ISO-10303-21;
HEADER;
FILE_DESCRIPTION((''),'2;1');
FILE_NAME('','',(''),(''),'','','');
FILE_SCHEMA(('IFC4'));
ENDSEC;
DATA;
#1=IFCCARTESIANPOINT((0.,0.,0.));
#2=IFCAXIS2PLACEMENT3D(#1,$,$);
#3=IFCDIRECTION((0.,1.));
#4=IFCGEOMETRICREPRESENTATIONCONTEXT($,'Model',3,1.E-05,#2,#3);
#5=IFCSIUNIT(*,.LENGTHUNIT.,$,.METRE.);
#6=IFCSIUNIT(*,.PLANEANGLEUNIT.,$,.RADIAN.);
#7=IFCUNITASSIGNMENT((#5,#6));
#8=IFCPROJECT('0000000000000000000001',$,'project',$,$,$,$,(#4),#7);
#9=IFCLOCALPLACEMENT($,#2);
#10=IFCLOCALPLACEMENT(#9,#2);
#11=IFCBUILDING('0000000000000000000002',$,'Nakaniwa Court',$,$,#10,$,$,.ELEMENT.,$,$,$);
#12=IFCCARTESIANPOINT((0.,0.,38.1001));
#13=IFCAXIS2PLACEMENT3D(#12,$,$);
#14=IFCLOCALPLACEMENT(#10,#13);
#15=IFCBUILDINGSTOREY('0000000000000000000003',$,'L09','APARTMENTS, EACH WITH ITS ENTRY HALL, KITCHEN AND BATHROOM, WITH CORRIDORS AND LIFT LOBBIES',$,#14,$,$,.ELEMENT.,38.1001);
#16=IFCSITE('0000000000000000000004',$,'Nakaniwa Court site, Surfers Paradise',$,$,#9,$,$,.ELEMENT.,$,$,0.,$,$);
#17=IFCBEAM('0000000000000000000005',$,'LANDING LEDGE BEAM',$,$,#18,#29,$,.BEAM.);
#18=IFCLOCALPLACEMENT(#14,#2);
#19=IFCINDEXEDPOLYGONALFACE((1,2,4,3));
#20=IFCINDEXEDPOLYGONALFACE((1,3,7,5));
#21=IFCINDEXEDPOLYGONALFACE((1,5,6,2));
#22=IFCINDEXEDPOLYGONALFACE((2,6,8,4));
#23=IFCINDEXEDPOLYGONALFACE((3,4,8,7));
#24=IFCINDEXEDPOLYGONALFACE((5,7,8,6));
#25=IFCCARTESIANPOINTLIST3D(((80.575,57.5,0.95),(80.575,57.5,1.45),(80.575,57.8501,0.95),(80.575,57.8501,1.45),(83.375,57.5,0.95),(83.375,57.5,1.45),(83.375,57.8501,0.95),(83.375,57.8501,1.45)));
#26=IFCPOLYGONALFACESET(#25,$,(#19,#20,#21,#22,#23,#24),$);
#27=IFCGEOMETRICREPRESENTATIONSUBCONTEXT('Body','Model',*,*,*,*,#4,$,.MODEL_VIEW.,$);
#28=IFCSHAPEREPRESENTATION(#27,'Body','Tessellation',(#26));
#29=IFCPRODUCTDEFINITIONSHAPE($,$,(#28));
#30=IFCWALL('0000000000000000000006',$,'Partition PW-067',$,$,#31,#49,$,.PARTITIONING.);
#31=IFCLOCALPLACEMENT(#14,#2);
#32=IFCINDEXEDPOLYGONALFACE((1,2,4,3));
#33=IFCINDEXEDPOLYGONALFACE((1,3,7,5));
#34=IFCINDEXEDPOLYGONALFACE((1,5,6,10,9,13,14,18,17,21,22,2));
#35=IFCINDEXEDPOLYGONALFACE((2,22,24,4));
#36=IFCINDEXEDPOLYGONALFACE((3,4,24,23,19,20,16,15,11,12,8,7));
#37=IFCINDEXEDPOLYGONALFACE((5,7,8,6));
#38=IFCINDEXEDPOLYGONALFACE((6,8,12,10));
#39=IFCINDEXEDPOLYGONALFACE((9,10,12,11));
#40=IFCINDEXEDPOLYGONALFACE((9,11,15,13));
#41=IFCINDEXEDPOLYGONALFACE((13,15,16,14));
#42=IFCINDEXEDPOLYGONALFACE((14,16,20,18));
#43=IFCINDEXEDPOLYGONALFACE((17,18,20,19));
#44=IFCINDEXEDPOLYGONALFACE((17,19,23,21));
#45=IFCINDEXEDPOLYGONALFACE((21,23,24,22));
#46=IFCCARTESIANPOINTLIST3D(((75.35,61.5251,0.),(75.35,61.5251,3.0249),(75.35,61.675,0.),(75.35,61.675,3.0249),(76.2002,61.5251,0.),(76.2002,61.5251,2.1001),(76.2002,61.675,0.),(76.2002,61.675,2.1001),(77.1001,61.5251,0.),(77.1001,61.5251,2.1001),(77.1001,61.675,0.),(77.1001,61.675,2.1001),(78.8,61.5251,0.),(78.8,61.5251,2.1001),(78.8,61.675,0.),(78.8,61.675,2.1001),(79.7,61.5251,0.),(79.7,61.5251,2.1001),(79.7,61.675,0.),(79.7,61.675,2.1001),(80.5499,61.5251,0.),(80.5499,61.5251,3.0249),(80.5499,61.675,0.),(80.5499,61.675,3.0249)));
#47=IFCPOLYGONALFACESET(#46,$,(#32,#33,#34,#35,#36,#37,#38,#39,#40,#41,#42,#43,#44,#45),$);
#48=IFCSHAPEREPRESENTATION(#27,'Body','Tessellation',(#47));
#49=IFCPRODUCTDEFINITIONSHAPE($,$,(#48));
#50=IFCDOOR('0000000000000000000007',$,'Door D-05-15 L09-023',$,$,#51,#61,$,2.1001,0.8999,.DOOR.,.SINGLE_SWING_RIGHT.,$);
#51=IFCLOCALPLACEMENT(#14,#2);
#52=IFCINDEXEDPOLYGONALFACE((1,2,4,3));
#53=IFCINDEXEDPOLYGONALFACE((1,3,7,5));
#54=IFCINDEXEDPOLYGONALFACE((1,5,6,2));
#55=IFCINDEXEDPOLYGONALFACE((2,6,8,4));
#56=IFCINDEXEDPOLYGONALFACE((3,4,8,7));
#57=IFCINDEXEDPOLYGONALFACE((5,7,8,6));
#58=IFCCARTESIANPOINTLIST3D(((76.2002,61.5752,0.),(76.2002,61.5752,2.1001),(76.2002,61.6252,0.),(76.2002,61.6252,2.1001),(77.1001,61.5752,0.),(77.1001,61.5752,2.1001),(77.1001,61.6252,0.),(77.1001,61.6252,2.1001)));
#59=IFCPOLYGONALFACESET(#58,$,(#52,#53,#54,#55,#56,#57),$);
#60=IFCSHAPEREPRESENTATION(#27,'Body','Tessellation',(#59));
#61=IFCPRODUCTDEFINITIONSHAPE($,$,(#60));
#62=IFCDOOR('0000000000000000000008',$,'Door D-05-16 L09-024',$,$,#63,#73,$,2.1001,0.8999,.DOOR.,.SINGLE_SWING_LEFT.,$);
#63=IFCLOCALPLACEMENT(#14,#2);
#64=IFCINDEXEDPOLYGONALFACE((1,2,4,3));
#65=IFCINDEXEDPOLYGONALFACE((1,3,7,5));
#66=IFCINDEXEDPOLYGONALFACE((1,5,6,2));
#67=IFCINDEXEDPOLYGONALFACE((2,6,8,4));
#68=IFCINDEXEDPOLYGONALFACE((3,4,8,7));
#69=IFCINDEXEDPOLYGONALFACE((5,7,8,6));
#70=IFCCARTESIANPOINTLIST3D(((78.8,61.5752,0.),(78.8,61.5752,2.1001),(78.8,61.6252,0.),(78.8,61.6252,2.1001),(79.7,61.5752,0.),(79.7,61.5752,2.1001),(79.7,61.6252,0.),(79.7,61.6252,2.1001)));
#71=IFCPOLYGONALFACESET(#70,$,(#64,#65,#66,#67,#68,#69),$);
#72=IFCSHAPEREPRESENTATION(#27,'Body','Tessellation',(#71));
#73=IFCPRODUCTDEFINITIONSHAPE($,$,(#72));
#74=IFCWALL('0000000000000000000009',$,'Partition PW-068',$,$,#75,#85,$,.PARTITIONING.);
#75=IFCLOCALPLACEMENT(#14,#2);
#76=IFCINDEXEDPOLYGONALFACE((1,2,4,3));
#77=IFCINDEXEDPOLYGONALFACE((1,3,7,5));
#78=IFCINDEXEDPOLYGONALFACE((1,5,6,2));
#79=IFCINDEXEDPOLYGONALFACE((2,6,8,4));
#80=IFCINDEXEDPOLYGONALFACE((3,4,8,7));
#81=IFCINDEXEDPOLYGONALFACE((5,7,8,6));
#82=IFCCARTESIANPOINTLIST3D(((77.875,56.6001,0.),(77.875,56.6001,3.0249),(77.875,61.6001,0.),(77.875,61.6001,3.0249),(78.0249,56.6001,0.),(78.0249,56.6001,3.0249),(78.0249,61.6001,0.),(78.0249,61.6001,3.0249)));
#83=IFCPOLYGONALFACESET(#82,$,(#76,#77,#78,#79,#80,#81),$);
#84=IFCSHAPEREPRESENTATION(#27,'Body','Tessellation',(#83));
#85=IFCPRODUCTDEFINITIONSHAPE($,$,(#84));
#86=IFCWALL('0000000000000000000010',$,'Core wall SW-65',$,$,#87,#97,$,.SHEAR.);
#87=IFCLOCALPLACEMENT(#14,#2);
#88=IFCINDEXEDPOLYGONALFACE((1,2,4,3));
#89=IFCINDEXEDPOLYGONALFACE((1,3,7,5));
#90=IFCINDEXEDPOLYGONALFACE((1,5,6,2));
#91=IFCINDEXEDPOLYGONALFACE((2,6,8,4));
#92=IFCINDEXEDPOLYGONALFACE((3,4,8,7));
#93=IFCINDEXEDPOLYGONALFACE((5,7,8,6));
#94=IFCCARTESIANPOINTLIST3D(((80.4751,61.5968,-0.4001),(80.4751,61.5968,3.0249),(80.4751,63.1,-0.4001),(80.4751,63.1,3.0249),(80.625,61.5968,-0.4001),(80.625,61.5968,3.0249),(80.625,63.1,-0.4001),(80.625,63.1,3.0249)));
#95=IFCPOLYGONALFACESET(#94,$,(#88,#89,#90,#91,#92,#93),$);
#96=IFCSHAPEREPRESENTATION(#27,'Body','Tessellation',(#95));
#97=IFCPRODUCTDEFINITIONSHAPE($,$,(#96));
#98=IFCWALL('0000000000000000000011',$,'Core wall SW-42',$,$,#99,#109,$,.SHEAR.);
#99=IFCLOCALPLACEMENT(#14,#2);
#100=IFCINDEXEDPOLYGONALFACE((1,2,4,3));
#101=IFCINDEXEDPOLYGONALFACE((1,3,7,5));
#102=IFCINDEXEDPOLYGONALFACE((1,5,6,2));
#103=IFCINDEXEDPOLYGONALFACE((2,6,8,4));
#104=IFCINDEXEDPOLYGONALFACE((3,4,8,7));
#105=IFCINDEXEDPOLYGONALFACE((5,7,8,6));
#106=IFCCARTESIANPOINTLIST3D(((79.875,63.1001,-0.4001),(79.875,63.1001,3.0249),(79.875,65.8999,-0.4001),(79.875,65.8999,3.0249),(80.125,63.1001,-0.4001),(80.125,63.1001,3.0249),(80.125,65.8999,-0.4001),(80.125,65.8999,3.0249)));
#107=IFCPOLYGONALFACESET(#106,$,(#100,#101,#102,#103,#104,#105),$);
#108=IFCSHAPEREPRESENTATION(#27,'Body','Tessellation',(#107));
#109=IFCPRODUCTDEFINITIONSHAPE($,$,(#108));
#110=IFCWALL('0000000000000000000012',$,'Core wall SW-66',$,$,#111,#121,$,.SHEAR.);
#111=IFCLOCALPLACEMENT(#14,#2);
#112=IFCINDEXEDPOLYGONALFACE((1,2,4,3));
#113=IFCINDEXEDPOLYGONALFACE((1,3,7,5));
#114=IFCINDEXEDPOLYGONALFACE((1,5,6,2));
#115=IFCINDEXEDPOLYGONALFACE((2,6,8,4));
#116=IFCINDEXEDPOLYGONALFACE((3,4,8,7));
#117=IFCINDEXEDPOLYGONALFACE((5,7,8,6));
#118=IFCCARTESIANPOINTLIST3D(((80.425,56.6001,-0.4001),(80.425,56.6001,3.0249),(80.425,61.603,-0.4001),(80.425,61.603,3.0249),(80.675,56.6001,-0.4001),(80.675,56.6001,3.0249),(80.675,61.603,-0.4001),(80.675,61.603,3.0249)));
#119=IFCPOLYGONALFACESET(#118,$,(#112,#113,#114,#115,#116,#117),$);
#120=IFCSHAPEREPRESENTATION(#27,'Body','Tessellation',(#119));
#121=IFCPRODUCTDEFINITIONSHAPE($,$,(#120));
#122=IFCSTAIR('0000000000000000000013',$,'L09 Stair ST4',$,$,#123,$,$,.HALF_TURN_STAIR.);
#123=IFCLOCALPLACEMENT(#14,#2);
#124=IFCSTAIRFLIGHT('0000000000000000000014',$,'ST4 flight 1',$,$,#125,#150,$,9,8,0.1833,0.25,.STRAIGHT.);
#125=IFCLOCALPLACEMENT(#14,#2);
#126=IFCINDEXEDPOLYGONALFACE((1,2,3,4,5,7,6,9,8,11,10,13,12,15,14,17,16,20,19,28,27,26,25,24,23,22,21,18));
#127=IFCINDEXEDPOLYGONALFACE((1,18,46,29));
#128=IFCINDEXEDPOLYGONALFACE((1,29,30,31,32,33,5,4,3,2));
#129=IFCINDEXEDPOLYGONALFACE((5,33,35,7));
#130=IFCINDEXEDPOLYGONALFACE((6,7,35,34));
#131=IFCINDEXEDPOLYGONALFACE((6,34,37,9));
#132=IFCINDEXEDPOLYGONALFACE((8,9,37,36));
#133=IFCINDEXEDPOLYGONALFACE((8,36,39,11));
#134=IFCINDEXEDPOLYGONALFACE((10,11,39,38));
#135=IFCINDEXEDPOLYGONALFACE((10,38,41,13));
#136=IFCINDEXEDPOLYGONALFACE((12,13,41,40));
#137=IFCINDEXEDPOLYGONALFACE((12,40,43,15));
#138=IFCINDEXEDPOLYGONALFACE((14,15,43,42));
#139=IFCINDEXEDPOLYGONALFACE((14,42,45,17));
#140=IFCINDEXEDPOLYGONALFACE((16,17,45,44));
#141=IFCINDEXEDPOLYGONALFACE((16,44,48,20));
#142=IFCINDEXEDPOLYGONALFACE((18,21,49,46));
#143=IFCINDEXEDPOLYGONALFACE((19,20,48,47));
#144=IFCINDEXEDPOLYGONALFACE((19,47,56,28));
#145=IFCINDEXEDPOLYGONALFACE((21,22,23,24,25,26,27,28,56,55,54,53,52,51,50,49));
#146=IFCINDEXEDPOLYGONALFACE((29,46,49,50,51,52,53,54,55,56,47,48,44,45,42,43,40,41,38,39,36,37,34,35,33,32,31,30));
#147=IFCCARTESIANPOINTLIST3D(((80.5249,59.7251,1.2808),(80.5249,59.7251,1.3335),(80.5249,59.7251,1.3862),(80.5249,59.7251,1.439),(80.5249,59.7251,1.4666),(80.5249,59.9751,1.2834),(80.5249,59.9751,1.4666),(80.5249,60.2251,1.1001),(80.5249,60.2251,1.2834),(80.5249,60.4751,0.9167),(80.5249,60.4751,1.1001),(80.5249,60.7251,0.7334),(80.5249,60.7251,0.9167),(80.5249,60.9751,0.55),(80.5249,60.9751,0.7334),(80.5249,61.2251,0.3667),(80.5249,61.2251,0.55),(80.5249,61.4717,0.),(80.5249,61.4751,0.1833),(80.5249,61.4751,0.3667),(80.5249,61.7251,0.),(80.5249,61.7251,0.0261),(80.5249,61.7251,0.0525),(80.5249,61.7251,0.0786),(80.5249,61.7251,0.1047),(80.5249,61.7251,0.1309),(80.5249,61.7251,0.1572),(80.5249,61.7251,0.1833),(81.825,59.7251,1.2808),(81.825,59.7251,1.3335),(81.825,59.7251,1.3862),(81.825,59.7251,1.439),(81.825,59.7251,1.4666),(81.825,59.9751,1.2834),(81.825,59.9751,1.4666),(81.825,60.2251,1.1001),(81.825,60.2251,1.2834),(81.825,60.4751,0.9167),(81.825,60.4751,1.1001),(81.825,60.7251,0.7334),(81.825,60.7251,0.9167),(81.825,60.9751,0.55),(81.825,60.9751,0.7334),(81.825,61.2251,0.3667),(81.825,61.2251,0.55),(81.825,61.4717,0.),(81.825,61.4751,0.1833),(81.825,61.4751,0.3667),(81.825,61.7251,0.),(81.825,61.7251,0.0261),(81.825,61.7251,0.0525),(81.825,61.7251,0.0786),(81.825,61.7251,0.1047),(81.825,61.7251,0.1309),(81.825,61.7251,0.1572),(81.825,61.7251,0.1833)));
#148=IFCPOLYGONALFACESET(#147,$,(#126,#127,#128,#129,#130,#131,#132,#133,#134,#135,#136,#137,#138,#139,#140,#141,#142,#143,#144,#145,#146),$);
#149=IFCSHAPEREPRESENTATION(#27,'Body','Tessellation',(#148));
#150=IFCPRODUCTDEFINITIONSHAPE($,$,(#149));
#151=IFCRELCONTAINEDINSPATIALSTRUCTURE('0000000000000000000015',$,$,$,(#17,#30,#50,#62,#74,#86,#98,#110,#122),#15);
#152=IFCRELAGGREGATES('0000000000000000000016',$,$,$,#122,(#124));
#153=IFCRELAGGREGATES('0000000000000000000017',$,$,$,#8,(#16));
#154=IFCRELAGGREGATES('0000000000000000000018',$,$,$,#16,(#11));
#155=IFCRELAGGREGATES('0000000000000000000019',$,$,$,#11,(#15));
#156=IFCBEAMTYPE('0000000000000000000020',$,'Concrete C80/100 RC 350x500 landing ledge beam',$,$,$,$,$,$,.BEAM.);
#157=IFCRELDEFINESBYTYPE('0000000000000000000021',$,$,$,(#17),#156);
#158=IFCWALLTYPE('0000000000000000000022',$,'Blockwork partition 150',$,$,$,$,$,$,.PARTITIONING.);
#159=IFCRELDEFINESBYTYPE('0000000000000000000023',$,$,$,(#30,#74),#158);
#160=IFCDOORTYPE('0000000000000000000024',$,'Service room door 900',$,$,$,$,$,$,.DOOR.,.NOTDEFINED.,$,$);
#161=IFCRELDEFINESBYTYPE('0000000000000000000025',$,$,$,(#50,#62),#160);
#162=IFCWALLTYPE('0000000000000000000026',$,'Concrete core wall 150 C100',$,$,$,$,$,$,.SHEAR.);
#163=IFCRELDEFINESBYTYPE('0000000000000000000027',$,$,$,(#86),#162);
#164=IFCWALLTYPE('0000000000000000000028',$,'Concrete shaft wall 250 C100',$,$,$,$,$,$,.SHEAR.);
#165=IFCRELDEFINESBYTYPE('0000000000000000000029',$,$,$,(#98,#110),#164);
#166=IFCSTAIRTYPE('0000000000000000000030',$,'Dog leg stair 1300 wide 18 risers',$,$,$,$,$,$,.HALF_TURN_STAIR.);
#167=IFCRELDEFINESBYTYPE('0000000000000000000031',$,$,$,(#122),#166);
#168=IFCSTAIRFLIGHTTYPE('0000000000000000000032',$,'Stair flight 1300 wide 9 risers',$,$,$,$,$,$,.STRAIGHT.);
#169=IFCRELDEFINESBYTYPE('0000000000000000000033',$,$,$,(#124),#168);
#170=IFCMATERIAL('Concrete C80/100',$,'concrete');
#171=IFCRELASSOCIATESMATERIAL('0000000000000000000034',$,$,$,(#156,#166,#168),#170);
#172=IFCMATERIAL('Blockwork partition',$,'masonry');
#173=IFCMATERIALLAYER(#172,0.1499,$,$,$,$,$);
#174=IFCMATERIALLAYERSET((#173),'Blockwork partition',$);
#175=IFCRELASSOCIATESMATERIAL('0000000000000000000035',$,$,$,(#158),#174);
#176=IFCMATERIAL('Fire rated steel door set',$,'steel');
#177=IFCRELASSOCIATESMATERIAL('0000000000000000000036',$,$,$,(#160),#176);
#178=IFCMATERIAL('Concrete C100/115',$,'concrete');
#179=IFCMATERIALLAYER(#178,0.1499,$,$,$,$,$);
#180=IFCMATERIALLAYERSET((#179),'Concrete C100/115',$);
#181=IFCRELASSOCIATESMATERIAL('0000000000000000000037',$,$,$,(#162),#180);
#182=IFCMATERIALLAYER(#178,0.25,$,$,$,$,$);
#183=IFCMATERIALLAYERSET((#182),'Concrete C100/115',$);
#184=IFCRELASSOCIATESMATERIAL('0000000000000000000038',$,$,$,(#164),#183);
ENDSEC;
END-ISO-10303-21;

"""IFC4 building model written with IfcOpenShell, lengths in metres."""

from ifc_helpers import new_model, si_unit, direction, frame, frame_2d, origin, origin_2d, place, context, subcontext, project, spatial, polyline, rectangle, outline, extrude, material, layer, layer_set, material_profile, profile_set, type_object, element, fill, aggregate, save


model = new_model("IFC4")

# Units and contexts
model_context = context("Model", 3, precision=1e-05, world=origin(), true_north=direction((0.0, 1.0)))
body_context = subcontext(model_context, "Body", "Model", "MODEL_VIEW")
ifc_project = project(units=[si_unit("LENGTHUNIT", "METRE"), si_unit("PLANEANGLEUNIT", "RADIAN")], contexts=[model_context])

# Site, building, storey
site_placement = place(None, origin())
site = spatial("IfcSite", under=ifc_project, at=site_placement, Name="Nakaniwa Court site, Surfers Paradise", CompositionType="ELEMENT", RefElevation=0.0)
building_placement = place(site_placement, origin())
building = spatial("IfcBuilding", under=site, at=building_placement, Name="Nakaniwa Court", CompositionType="ELEMENT")
storey_placement = place(building_placement, frame((0.0, 0.0, 38.1001)))
storey = spatial("IfcBuildingStorey", under=building, at=storey_placement, Name="L09", Description="APARTMENTS, EACH WITH ITS ENTRY HALL, KITCHEN AND BATHROOM, WITH CORRIDORS AND LIFT LOBBIES", CompositionType="ELEMENT", Elevation=38.1001)

# Beam
ifc_material_1 = material(Name="Concrete C80/100", Category="concrete")
ifc_material_profile = material_profile(ifc_material_1, rectangle(XDim=0.3501, YDim=0.5, at=origin_2d()), Name="Concrete C80/100 RC 350x500 landing ledge beam")
ifc_profile_set = profile_set([ifc_material_profile], Name="Concrete C80/100")
beam_type = type_object("IfcBeamType", Name="Concrete C80/100 RC 350x500 landing ledge beam", PredefinedType="BEAM", material=ifc_profile_set)
beam_placement = place(storey_placement, frame((80.575, 57.675, 1.2), z_axis=(1.0, 0.0, 0.0), x_axis=(0.0, 1.0, 0.0)))
element("IfcBeam", 1, at=beam_placement, inside=storey, type_object=beam_type, Name="LANDING LEDGE BEAM", PredefinedType="BEAM", context=body_context, shape_type="SweptSolid", body=[
    extrude(rectangle(XDim=0.3501, YDim=0.5, at=origin_2d()), origin(), (0.0, 0.0, 1.0), 2.8),
])

# Wall, openings, doors
ifc_material_2 = material(Name="Blockwork partition", Category="masonry")
ifc_layer_1 = layer(ifc_material_2, 0.1499)
ifc_layer_set_1 = layer_set([ifc_layer_1], Name="Blockwork partition")
wall_type_1 = type_object("IfcWallType", Name="Blockwork partition 150", PredefinedType="PARTITIONING", material=ifc_layer_set_1)
wall_1_placement = place(storey_placement, frame((80.55, 61.6001, 0.0), z_axis=(0.0, 0.0, 1.0), x_axis=(-1.0, 0.0, 0.0)))
wall_1 = element("IfcWall", 2, at=wall_1_placement, inside=storey, type_object=wall_type_1, Name="Partition PW-067", PredefinedType="PARTITIONING", context=body_context, shape_type="SweptSolid", body=[
    extrude(rectangle(XDim=5.2, YDim=0.1499, at=frame_2d((2.6001, 0.0))), origin(), (0.0, 0.0, 1.0), 3.0249),
])
opening_1_placement = place(wall_1_placement, frame((3.45, 0.0, 0.0)))
opening_1 = element("IfcOpeningElement", 3, at=opening_1_placement, cuts=wall_1, PredefinedType="OPENING", context=body_context, shape_type="SweptSolid", body=[
    extrude(rectangle(XDim=0.8999, YDim=2.1001, at=frame_2d((0.45, 1.05))), frame((0.0, 0.085, 0.0), z_axis=(0.0, -1.0, 0.0), x_axis=(1.0, 0.0, 0.0)), (0.0, 0.0, 1.0), 0.1699),
])
opening_2_placement = place(wall_1_placement, frame((0.8501, 0.0, 0.0)))
opening_2 = element("IfcOpeningElement", 4, at=opening_2_placement, cuts=wall_1, PredefinedType="OPENING", context=body_context, shape_type="SweptSolid", body=[
    extrude(rectangle(XDim=0.8999, YDim=2.1001, at=frame_2d((0.45, 1.05))), frame((0.0, 0.085, 0.0), z_axis=(0.0, -1.0, 0.0), x_axis=(1.0, 0.0, 0.0)), (0.0, 0.0, 1.0), 0.1699),
])
ifc_material_3 = material(Name="Fire rated steel door set", Category="steel")
door_type = type_object("IfcDoorType", Name="Service room door 900", OperationType="NOTDEFINED", PredefinedType="DOOR", material=ifc_material_3)
door_1_placement = place(opening_1_placement, origin())
door_1 = element("IfcDoor", 5, at=door_1_placement, inside=storey, type_object=door_type, Name="Door D-05-15 L09-023", OperationType="SINGLE_SWING_RIGHT", OverallHeight=2.1001, OverallWidth=0.8999, PredefinedType="DOOR", context=body_context, shape_type="SweptSolid", body=[
    extrude(rectangle(XDim=0.8999, YDim=2.1001, at=frame_2d((0.45, 1.05))), frame((0.0, 0.0249, 0.0), z_axis=(0.0, -1.0, 0.0), x_axis=(1.0, 0.0, 0.0)), (0.0, 0.0, 1.0), 0.05),
])
fill(opening_1, door_1)
door_2_placement = place(opening_2_placement, origin())
door_2 = element("IfcDoor", 6, at=door_2_placement, inside=storey, type_object=door_type, Name="Door D-05-16 L09-024", OperationType="SINGLE_SWING_LEFT", OverallHeight=2.1001, OverallWidth=0.8999, PredefinedType="DOOR", context=body_context, shape_type="SweptSolid", body=[
    extrude(rectangle(XDim=0.8999, YDim=2.1001, at=frame_2d((0.45, 1.05))), frame((0.0, 0.0249, 0.0), z_axis=(0.0, -1.0, 0.0), x_axis=(1.0, 0.0, 0.0)), (0.0, 0.0, 1.0), 0.05),
])
fill(opening_2, door_2)

# Walls
wall_2_placement = place(storey_placement, frame((77.95, 56.6001, 0.0), z_axis=(0.0, 0.0, 1.0), x_axis=(0.0, 1.0, 0.0)))
element("IfcWall", 7, at=wall_2_placement, inside=storey, type_object=wall_type_1, Name="Partition PW-068", PredefinedType="PARTITIONING", context=body_context, shape_type="SweptSolid", body=[
    extrude(rectangle(XDim=5.0, YDim=0.1499, at=frame_2d((2.5, 0.0))), origin(), (0.0, 0.0, 1.0), 3.0249),
])
ifc_material_4 = material(Name="Concrete C100/115", Category="concrete")
ifc_layer_2 = layer(ifc_material_4, 0.1499)
ifc_layer_set_2 = layer_set([ifc_layer_2], Name="Concrete C100/115")
wall_type_2 = type_object("IfcWallType", Name="Concrete core wall 150 C100", PredefinedType="SHEAR", material=ifc_layer_set_2)
wall_3_placement = place(storey_placement, frame((80.55, 61.5969, -0.4001), z_axis=(0.0, 0.0, 1.0), x_axis=(0.0, 1.0, 0.0)))
element("IfcWall", 8, at=wall_3_placement, inside=storey, type_object=wall_type_2, Name="Core wall SW-65", PredefinedType="SHEAR", context=body_context, shape_type="SweptSolid", body=[
    extrude(rectangle(XDim=1.5032, YDim=0.1499, at=frame_2d((0.7515, 0.0))), origin(), (0.0, 0.0, 1.0), 3.425),
])
ifc_layer_3 = layer(ifc_material_4, 0.25)
ifc_layer_set_3 = layer_set([ifc_layer_3], Name="Concrete C100/115")
wall_type_3 = type_object("IfcWallType", Name="Concrete shaft wall 250 C100", PredefinedType="SHEAR", material=ifc_layer_set_3)
wall_4_placement = place(storey_placement, frame((80.0, 63.1001, -0.4001), z_axis=(0.0, 0.0, 1.0), x_axis=(0.0, 1.0, 0.0)))
element("IfcWall", 9, at=wall_4_placement, inside=storey, type_object=wall_type_3, Name="Core wall SW-42", PredefinedType="SHEAR", context=body_context, shape_type="SweptSolid", body=[
    extrude(rectangle(XDim=2.7998, YDim=0.25, at=frame_2d((1.3999, 0.0))), origin(), (0.0, 0.0, 1.0), 3.425),
])
wall_5_placement = place(storey_placement, frame((80.55, 56.6001, -0.4001), z_axis=(0.0, 0.0, 1.0), x_axis=(0.0, 1.0, 0.0)))
element("IfcWall", 10, at=wall_5_placement, inside=storey, type_object=wall_type_3, Name="Core wall SW-66", PredefinedType="SHEAR", context=body_context, shape_type="SweptSolid", body=[
    extrude(rectangle(XDim=5.0029, YDim=0.25, at=frame_2d((2.5015, 0.0))), origin(), (0.0, 0.0, 1.0), 3.425),
])

# Stair, stair flight
stair_type = type_object("IfcStairType", Name="Dog leg stair 1300 wide 18 risers", PredefinedType="HALF_TURN_STAIR", material=ifc_material_1)
stair_placement = place(storey_placement, origin())
stair = element("IfcStair", 11, at=stair_placement, inside=storey, type_object=stair_type, Name="L09 Stair ST4", PredefinedType="HALF_TURN_STAIR")
stair_flight_type = type_object("IfcStairFlightType", Name="Stair flight 1300 wide 9 risers", PredefinedType="STRAIGHT", material=ifc_material_1)
stair_flight_1_placement = place(storey_placement, frame((81.175, 61.7251, 0.0), z_axis=(0.0, 0.0, 1.0), x_axis=(0.0, -1.0, 0.0)))
stair_flight_1 = element("IfcStairFlight", 12, at=stair_flight_1_placement, type_object=stair_flight_type, Name="ST4 flight 1", NumberOfRisers=9, NumberOfTreads=8, PredefinedType="STRAIGHT", RiserHeight=0.1833, TreadLength=0.25, context=body_context, shape_type="SweptSolid", body=[
    extrude(outline(polyline([(0.0, 0.0), (0.0, 0.0261), (0.0, 0.0525), (0.0, 0.0786), (0.0, 0.1047), (0.0, 0.1309), (0.0, 0.1572), (0.0, 0.1833), (0.25, 0.1833), (0.25, 0.3667), (0.5, 0.3667), (0.5, 0.55), (0.75, 0.55), (0.75, 0.7334), (1.0, 0.7334), (1.0, 0.9167), (1.25, 0.9167), (1.25, 1.1001), (1.5, 1.1001), (1.5, 1.2834), (1.75, 1.2834), (1.75, 1.4666), (2.0, 1.4666), (2.0, 1.6499), (2.0, 1.5972), (2.0, 1.5444), (2.0, 1.4917), (2.0, 1.439), (2.0, 1.3862), (2.0, 1.3335), (2.0, 1.2808), (0.2534, 0.0), (0.0, 0.0)])), frame((0.0, 0.6499, 0.0), z_axis=(0.0, -1.0, 0.0), x_axis=(1.0, 0.0, 0.0)), (0.0, 0.0, 1.0), 1.3),
])
aggregate(stair, [stair_flight_1])

save(model, "model.ifc")
